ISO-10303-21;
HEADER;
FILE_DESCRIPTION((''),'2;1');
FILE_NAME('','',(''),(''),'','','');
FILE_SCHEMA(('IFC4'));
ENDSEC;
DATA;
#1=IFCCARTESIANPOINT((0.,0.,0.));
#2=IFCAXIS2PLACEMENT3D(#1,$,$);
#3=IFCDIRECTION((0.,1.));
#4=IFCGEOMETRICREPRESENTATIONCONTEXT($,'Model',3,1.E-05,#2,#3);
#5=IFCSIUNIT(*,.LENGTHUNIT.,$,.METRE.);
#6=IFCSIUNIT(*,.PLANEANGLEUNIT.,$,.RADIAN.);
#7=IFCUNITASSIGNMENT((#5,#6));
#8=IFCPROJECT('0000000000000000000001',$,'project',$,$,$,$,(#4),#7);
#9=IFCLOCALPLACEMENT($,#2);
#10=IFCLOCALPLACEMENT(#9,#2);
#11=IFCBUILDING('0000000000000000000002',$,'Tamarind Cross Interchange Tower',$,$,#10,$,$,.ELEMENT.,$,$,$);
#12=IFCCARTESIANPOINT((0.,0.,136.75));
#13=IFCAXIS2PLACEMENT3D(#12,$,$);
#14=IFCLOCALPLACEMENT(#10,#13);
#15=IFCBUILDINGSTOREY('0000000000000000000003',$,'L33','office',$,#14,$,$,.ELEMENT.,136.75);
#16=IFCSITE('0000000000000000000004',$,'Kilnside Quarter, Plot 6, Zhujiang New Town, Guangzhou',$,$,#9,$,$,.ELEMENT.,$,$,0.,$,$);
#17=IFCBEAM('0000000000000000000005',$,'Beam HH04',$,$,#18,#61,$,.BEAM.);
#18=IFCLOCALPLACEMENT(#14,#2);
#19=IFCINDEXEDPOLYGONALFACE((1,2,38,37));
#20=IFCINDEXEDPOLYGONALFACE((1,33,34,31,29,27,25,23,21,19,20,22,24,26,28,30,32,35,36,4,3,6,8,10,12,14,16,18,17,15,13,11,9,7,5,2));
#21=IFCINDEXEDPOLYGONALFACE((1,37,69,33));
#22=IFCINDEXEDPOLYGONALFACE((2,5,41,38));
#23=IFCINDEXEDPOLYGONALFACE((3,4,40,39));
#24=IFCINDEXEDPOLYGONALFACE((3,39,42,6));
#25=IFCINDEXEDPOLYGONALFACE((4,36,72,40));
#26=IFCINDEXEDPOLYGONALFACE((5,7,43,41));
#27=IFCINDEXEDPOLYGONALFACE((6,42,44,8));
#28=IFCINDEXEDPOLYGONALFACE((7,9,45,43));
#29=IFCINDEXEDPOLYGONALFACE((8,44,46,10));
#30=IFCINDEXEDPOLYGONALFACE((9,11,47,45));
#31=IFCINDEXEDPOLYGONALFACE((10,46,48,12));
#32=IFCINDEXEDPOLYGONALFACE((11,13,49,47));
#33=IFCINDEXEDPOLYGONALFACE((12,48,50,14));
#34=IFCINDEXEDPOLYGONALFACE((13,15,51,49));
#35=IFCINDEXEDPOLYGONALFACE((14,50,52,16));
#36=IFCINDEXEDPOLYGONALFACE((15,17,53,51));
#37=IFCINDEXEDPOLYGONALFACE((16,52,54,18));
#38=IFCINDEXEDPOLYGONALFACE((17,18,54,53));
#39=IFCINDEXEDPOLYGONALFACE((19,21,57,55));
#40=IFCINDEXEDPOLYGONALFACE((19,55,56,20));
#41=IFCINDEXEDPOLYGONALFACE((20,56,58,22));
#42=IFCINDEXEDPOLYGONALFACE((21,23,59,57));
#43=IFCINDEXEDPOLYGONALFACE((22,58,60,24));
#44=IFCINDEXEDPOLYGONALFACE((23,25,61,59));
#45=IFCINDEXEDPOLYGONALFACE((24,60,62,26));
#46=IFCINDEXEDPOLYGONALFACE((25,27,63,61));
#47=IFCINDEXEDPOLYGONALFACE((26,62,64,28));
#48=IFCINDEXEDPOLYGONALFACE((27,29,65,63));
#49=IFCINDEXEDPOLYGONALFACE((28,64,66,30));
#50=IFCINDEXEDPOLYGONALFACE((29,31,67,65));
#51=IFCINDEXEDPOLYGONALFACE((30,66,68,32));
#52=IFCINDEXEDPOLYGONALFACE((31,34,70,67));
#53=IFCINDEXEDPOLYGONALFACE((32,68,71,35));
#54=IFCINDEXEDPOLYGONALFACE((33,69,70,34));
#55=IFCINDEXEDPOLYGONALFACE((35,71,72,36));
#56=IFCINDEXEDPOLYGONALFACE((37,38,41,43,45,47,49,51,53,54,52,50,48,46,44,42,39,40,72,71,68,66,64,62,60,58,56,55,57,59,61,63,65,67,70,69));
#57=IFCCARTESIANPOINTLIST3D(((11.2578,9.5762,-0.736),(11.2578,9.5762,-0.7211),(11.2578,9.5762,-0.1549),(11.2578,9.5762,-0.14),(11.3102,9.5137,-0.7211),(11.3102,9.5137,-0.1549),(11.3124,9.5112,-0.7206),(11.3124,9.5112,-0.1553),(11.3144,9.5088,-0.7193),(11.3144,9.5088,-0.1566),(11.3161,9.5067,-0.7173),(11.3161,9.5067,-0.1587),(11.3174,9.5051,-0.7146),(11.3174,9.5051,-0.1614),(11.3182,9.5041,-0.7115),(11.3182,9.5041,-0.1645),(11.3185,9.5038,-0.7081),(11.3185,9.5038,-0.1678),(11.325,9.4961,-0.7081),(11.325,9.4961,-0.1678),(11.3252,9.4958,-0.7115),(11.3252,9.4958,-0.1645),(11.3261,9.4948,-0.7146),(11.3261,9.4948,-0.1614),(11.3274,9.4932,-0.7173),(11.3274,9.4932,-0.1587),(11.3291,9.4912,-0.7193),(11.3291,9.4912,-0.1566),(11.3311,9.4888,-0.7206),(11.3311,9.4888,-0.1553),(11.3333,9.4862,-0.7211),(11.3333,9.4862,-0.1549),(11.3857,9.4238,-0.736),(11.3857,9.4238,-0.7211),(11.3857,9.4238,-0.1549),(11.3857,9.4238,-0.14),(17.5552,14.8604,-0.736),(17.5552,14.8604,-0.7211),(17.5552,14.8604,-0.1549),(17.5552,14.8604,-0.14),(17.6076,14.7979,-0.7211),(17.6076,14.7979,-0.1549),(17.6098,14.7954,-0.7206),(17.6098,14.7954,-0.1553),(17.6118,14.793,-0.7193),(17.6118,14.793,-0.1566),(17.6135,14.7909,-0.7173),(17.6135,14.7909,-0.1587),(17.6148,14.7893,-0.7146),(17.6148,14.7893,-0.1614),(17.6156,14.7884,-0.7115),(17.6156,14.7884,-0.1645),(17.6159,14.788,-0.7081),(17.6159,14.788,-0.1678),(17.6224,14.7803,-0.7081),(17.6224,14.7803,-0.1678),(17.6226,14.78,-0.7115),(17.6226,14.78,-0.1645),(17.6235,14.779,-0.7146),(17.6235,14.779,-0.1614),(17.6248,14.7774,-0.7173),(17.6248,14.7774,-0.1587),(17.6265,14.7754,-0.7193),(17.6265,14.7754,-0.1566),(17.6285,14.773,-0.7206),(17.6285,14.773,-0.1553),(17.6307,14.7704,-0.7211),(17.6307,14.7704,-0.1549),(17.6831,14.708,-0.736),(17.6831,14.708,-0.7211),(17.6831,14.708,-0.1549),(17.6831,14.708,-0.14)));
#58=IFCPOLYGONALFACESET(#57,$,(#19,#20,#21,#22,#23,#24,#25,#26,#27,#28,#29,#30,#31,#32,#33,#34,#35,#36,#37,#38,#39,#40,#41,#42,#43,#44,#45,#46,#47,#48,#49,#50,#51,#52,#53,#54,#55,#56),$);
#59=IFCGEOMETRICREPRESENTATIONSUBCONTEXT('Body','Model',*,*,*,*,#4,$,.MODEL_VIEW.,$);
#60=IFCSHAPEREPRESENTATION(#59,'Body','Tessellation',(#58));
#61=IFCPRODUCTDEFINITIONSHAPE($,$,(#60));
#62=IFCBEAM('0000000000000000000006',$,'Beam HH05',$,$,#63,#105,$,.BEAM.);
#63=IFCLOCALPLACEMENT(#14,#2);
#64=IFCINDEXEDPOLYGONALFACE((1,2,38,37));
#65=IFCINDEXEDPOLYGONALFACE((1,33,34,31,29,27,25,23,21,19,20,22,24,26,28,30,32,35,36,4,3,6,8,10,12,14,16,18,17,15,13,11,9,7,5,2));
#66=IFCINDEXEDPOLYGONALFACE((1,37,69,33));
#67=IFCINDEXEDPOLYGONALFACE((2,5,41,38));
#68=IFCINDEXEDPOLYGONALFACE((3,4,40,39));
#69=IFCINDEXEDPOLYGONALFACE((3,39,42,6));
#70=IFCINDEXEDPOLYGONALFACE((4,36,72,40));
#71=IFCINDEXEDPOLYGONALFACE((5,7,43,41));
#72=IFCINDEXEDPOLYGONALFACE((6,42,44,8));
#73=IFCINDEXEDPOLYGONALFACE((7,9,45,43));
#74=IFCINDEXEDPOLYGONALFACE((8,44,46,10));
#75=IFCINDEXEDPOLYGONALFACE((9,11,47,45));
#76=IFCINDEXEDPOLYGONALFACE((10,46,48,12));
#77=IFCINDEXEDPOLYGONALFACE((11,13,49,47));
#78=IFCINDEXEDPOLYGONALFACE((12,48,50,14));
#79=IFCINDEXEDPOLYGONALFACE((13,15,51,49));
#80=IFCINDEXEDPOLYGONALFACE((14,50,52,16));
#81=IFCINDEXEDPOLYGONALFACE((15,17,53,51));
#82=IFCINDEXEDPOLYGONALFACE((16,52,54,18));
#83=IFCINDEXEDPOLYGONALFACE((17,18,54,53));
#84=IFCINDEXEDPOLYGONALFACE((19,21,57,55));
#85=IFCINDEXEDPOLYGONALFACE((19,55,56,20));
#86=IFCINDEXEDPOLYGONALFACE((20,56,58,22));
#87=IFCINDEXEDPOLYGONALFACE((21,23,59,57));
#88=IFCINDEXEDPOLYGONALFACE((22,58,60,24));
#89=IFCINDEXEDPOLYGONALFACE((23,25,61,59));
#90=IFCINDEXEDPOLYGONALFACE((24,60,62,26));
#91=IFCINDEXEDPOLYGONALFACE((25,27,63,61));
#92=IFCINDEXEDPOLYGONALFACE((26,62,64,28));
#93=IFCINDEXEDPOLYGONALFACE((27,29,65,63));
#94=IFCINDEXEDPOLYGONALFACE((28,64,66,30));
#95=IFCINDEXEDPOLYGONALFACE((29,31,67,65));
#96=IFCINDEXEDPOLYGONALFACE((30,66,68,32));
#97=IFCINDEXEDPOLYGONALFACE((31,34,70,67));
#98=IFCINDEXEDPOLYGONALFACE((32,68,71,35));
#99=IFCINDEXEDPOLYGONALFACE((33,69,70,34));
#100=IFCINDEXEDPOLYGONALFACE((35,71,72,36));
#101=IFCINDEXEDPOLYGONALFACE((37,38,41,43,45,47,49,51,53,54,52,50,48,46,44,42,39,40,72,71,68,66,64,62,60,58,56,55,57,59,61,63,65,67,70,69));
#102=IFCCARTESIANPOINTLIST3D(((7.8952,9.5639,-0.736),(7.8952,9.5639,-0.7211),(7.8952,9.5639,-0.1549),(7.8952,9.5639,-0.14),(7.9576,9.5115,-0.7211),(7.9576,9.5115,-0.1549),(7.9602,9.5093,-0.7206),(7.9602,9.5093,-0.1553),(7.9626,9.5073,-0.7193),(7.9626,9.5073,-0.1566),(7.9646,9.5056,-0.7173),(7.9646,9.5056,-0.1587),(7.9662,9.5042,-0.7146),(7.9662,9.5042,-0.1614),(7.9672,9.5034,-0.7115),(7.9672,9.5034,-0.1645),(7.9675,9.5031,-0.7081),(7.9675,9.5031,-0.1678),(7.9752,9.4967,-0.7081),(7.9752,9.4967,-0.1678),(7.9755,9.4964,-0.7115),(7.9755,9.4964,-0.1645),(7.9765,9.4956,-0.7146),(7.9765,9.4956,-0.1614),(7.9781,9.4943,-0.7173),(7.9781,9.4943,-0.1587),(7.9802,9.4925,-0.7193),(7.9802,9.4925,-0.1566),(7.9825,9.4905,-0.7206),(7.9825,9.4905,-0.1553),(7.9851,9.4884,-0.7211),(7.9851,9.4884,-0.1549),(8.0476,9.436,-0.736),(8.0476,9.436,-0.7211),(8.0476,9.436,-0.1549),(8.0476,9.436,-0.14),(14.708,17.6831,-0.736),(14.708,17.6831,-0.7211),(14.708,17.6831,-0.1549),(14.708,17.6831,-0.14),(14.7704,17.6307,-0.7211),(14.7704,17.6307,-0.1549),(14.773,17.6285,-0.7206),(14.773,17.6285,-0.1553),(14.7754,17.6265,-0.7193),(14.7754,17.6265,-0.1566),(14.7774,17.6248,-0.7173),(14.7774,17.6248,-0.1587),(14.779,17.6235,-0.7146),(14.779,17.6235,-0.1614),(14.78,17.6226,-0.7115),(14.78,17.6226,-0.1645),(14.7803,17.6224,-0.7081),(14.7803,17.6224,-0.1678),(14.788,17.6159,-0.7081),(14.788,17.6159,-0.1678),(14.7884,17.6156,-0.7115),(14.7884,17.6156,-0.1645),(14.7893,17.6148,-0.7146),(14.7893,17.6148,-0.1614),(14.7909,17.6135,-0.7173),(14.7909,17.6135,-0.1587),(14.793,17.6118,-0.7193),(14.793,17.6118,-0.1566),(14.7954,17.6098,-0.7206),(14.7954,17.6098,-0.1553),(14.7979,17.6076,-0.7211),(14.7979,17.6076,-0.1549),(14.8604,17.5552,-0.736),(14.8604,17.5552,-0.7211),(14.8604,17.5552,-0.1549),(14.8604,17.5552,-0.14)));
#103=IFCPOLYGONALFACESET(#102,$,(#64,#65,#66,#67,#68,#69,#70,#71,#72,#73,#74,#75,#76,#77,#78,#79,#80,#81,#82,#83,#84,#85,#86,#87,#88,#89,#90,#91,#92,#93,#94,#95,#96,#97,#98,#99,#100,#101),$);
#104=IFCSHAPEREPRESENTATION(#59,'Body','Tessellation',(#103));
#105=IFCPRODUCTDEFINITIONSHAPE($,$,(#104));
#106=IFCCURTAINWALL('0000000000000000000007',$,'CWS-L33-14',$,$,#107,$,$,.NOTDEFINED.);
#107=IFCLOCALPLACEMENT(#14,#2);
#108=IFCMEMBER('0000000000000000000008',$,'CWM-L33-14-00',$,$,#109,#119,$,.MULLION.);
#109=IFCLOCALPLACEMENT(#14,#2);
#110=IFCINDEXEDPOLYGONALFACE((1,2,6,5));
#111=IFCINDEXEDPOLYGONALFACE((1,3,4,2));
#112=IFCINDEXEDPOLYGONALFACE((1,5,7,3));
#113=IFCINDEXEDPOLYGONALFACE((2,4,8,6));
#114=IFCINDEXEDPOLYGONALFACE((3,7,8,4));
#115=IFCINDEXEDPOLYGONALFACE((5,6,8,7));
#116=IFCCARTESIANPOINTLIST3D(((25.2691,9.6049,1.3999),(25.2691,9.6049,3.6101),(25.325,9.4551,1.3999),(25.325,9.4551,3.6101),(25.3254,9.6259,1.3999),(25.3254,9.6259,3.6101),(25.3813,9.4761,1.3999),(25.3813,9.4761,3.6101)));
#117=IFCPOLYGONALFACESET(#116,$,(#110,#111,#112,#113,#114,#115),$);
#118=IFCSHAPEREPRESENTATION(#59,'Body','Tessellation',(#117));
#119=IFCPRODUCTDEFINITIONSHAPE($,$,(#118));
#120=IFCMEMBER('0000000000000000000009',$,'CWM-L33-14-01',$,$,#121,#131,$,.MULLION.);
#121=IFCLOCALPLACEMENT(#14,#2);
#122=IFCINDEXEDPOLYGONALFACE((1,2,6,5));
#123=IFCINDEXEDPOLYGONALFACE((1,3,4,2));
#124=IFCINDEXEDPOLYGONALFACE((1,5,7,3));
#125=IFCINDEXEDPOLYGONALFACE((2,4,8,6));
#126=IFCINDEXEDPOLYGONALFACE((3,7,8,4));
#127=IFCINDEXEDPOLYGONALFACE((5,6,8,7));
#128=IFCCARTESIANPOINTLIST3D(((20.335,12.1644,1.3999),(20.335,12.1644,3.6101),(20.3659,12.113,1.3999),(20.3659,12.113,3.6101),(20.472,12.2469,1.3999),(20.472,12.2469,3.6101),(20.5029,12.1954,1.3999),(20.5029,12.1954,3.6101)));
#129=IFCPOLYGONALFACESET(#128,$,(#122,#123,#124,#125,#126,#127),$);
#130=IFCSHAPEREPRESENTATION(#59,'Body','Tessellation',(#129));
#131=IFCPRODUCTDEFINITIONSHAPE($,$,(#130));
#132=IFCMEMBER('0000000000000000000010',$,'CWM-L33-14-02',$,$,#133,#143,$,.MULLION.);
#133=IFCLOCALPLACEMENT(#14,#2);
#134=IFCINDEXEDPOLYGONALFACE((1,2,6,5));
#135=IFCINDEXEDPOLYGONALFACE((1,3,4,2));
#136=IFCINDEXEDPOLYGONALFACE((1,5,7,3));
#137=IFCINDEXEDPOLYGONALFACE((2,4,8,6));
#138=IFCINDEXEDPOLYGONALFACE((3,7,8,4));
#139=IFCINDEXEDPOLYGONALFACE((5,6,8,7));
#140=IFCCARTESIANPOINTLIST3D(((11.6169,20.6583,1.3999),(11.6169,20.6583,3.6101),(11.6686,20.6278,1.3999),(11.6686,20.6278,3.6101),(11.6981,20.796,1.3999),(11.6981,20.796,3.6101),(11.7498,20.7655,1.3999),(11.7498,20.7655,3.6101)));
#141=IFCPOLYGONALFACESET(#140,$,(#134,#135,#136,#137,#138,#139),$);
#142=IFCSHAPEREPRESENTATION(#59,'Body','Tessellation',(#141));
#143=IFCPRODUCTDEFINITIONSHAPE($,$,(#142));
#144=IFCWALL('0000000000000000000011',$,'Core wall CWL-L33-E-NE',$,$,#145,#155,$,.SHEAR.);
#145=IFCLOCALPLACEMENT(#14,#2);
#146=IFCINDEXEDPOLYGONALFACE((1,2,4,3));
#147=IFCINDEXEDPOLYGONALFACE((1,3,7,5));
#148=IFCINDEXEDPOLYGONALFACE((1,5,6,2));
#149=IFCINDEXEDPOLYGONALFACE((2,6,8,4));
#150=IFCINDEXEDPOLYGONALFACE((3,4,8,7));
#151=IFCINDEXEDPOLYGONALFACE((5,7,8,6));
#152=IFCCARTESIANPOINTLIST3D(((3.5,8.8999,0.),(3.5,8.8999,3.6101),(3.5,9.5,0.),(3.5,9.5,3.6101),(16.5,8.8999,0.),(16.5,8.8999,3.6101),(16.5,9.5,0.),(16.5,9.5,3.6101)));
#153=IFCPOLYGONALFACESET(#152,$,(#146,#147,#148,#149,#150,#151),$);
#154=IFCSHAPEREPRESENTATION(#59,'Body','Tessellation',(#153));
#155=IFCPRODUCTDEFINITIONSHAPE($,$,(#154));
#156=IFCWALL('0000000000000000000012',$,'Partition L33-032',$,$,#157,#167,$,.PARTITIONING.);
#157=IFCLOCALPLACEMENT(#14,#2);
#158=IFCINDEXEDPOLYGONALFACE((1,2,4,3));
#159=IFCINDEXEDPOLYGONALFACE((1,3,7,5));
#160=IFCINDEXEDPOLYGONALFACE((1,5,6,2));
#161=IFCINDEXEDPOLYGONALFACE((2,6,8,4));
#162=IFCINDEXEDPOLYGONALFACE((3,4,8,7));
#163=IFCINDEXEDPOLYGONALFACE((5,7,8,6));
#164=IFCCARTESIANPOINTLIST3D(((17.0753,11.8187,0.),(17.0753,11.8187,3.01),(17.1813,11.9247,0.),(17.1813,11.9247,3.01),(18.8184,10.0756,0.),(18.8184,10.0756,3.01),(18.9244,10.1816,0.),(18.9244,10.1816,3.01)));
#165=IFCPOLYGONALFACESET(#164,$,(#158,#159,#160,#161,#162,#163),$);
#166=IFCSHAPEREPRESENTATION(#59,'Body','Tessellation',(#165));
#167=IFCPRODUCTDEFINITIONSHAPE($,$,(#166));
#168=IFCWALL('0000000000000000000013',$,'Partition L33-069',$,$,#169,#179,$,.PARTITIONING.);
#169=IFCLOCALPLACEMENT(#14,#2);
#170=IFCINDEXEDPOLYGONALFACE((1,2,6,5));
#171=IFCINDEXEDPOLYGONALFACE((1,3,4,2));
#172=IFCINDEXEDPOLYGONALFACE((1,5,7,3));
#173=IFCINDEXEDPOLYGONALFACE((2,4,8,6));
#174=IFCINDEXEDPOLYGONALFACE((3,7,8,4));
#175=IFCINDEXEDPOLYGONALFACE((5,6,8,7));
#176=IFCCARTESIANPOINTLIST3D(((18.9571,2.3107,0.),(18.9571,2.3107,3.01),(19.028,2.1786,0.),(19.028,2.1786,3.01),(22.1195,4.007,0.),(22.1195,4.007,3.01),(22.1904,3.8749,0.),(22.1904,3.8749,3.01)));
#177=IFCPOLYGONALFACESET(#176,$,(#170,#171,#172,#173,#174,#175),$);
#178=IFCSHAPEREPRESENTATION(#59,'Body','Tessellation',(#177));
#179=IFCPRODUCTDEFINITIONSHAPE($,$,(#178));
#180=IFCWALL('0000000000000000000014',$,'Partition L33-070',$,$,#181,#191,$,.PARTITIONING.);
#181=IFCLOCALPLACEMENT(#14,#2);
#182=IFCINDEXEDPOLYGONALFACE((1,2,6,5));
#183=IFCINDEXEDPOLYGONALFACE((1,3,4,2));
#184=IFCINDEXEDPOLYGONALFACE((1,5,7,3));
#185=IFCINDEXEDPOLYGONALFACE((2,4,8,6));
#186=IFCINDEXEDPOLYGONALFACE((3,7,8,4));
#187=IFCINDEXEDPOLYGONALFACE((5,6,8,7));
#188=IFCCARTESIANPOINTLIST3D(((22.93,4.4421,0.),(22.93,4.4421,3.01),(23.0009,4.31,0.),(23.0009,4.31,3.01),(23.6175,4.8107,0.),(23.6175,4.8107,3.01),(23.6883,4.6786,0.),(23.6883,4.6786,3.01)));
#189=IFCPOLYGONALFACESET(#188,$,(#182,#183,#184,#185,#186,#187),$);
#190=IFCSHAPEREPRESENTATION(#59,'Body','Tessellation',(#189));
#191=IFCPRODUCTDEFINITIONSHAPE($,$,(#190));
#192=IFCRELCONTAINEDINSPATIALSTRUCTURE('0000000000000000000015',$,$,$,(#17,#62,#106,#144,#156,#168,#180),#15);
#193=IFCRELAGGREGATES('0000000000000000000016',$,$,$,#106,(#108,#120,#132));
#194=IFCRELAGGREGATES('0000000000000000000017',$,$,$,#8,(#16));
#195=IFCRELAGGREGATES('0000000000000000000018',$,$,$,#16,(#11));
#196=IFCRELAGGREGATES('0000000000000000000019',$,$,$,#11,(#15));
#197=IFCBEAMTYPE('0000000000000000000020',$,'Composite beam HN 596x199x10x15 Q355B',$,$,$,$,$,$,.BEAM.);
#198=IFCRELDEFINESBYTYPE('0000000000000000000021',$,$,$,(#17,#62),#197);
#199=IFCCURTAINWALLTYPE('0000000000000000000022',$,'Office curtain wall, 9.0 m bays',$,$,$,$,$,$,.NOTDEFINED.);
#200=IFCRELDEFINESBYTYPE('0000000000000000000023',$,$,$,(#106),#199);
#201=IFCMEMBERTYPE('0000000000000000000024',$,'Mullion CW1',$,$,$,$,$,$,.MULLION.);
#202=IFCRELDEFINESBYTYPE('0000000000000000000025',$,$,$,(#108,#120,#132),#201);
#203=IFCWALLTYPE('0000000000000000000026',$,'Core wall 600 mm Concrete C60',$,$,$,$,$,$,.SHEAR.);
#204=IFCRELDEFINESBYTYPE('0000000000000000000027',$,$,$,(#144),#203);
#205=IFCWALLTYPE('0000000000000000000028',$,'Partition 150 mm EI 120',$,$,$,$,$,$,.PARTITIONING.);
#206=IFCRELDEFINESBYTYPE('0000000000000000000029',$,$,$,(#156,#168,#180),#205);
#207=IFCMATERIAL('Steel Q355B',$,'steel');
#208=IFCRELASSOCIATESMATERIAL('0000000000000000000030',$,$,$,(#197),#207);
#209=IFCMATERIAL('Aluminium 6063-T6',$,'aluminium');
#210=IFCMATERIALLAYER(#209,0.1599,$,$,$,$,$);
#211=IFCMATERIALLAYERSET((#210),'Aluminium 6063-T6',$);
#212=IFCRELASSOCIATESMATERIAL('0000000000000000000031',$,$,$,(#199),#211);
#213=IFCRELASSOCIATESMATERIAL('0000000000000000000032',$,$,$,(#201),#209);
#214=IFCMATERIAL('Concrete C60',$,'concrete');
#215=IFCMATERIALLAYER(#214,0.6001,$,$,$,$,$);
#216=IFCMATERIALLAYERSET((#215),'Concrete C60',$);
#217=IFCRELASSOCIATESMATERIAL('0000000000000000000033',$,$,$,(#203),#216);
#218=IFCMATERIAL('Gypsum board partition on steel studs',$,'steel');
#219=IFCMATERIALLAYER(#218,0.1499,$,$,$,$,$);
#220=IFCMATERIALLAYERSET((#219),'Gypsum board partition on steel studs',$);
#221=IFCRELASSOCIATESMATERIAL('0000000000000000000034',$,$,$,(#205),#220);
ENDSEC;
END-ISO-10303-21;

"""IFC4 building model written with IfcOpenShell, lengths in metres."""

from ifc_helpers import new_model, si_unit, direction, frame, frame_2d, origin, origin_2d, place, context, subcontext, project, spatial, rectangle, i_section, extrude, material, layer, layer_set, material_profile, profile_set, type_object, element, aggregate, save


model = new_model("IFC4")

# Units and contexts
model_context = context("Model", 3, precision=1e-05, world=origin(), true_north=direction((0.0, 1.0)))
body_context = subcontext(model_context, "Body", "Model", "MODEL_VIEW")
ifc_project = project(units=[si_unit("LENGTHUNIT", "METRE"), si_unit("PLANEANGLEUNIT", "RADIAN")], contexts=[model_context])

# Site, building, storey
site_placement = place(None, origin())
site = spatial("IfcSite", under=ifc_project, at=site_placement, Name="Kilnside Quarter, Plot 6, Zhujiang New Town, Guangzhou", CompositionType="ELEMENT", RefElevation=0.0)
building_placement = place(site_placement, origin())
building = spatial("IfcBuilding", under=site, at=building_placement, Name="Tamarind Cross Interchange Tower", CompositionType="ELEMENT")
storey_placement = place(building_placement, frame((0.0, 0.0, 136.75)))
storey = spatial("IfcBuildingStorey", under=building, at=storey_placement, Name="L33", Description="office", CompositionType="ELEMENT", Elevation=136.75)

# Shared definitions
ifc_material_1 = material(Name="Concrete C60", Category="concrete")

# Beams
ifc_material_2 = material(Name="Steel Q355B", Category="steel")
ifc_material_profile_1 = material_profile(ifc_material_2, i_section(OverallWidth=0.199, OverallDepth=0.5959, WebThickness=0.01, FlangeThickness=0.0149, FilletRadius=0.0129, at=origin_2d()), Name="HN 596x199x10x15")
ifc_profile_set_1 = profile_set([ifc_material_profile_1], Name="Steel Q355B")
beam_type_1 = type_object("IfcBeamType", Name="Composite beam HN 596x199x10x15 Q355B", PredefinedType="BEAM", material=ifc_profile_set_1)
beam_1_placement = place(storey_placement, frame((17.6191, 14.7842, -0.438), z_axis=(-0.766041, -0.642792, 0.0), x_axis=(0.642792, -0.766041, 0.0)))
element("IfcBeam", 1, at=beam_1_placement, inside=storey, type_object=beam_type_1, Name="Beam HH04", PredefinedType="BEAM", context=body_context, shape_type="SweptSolid", body=[
    extrude(i_section(OverallWidth=0.199, OverallDepth=0.5959, WebThickness=0.01, FlangeThickness=0.0149, FilletRadius=0.0129, at=origin_2d()), origin(), (0.0, 0.0, 1.0), 8.2207),
])
beam_2_placement = place(storey_placement, frame((14.7842, 17.6191, -0.438), z_axis=(-0.642786, -0.766046, 0.0), x_axis=(0.766046, -0.642786, 0.0)))
element("IfcBeam", 2, at=beam_2_placement, inside=storey, type_object=beam_type_1, Name="Beam HH05", PredefinedType="BEAM", context=body_context, shape_type="SweptSolid", body=[
    extrude(i_section(OverallWidth=0.199, OverallDepth=0.5959, WebThickness=0.01, FlangeThickness=0.0149, FilletRadius=0.0129, at=origin_2d()), origin(), (0.0, 0.0, 1.0), 10.5989),
])

# Curtain wall, members
ifc_material_3 = material(Name="Aluminium 6063-T6", Category="aluminium")
ifc_layer_1 = layer(ifc_material_3, 0.1599)
ifc_layer_set_1 = layer_set([ifc_layer_1], Name="Aluminium 6063-T6")
curtain_wall_type = type_object("IfcCurtainWallType", Name="Office curtain wall, 9.0 m bays", PredefinedType="NOTDEFINED", material=ifc_layer_set_1)
curtain_wall_placement = place(storey_placement, origin())
curtain_wall = element("IfcCurtainWall", 3, at=curtain_wall_placement, inside=storey, type_object=curtain_wall_type, Name="CWS-L33-14", PredefinedType="NOTDEFINED")
ifc_material_profile_2 = material_profile(ifc_material_3, rectangle(XDim=0.0601, YDim=0.1599, at=origin_2d()), Name="Mullion CW1")
ifc_profile_set_2 = profile_set([ifc_material_profile_2], Name="Aluminium 6063-T6")
member_type = type_object("IfcMemberType", Name="Mullion CW1", PredefinedType="MULLION", material=ifc_profile_set_2)
member_1_placement = place(storey_placement, frame((25.3252, 9.5405, 1.3999), z_axis=(0.0, 0.0, 1.0), x_axis=(-0.936835, -0.349771, 0.0)))
member_1 = element("IfcMember", 4, at=member_1_placement, type_object=member_type, Name="CWM-L33-14-00", PredefinedType="MULLION", context=body_context, shape_type="SweptSolid", body=[
    extrude(rectangle(XDim=0.0601, YDim=0.1599, at=origin_2d()), origin(), (0.0, 0.0, 1.0), 2.2102),
])
member_2_placement = place(storey_placement, frame((20.4189, 12.1799, 1.3999), z_axis=(0.0, 0.0, 1.0), x_axis=(-0.515577, 0.856843, 0.0)))
member_2 = element("IfcMember", 5, at=member_2_placement, type_object=member_type, Name="CWM-L33-14-01", PredefinedType="MULLION", context=body_context, shape_type="SweptSolid", body=[
    extrude(rectangle(XDim=0.0601, YDim=0.1599, at=origin_2d()), origin(), (0.0, 0.0, 1.0), 2.2102),
])
member_3_placement = place(storey_placement, frame((11.6833, 20.7119, 1.3999), z_axis=(0.0, 0.0, 1.0), x_axis=(-0.861249, 0.508183, 0.0)))
member_3 = element("IfcMember", 6, at=member_3_placement, type_object=member_type, Name="CWM-L33-14-02", PredefinedType="MULLION", context=body_context, shape_type="SweptSolid", body=[
    extrude(rectangle(XDim=0.0601, YDim=0.1599, at=origin_2d()), origin(), (0.0, 0.0, 1.0), 2.2102),
])
aggregate(curtain_wall, [member_1, member_2, member_3])

# Walls
ifc_layer_2 = layer(ifc_material_1, 0.6001)
ifc_layer_set_2 = layer_set([ifc_layer_2], Name="Concrete C60")
wall_type_1 = type_object("IfcWallType", Name="Core wall 600 mm Concrete C60", PredefinedType="SHEAR", material=ifc_layer_set_2)
wall_1_placement = place(storey_placement, frame((16.5, 9.2, 0.0), z_axis=(0.0, 0.0, 1.0), x_axis=(-1.0, 0.0, 0.0)))
element("IfcWall", 7, at=wall_1_placement, inside=storey, type_object=wall_type_1, Name="Core wall CWL-L33-E-NE", PredefinedType="SHEAR", context=body_context, shape_type="SweptSolid", body=[
    extrude(rectangle(XDim=13.0, YDim=0.6001, at=frame_2d((6.5, 0.0))), origin(), (0.0, 0.0, 1.0), 3.6101),
])
ifc_material_4 = material(Name="Gypsum board partition on steel studs", Category="steel")
ifc_layer_3 = layer(ifc_material_4, 0.1499)
ifc_layer_set_3 = layer_set([ifc_layer_3], Name="Gypsum board partition on steel studs")
wall_type_2 = type_object("IfcWallType", Name="Partition 150 mm EI 120", PredefinedType="PARTITIONING", material=ifc_layer_set_3)
wall_2_placement = place(storey_placement, frame((17.1284, 11.8716, 0.0), z_axis=(0.0, 0.0, 1.0), x_axis=(0.707107, -0.707107, 0.0)))
element("IfcWall", 8, at=wall_2_placement, inside=storey, type_object=wall_type_2, Name="Partition L33-032", PredefinedType="PARTITIONING", context=body_context, shape_type="SweptSolid", body=[
    extrude(rectangle(XDim=2.4651, YDim=0.1499, at=frame_2d((1.2324, 0.0))), origin(), (0.0, 0.0, 1.0), 3.01),
])
wall_3_placement = place(storey_placement, frame((18.9924, 2.2446, 0.0), z_axis=(0.0, 0.0, 1.0), x_axis=(0.881228, 0.472691, 0.0)))
element("IfcWall", 9, at=wall_3_placement, inside=storey, type_object=wall_type_2, Name="Partition L33-069", PredefinedType="PARTITIONING", context=body_context, shape_type="SweptSolid", body=[
    extrude(rectangle(XDim=3.5886, YDim=0.1499, at=frame_2d((1.7944, 0.0))), origin(), (0.0, 0.0, 1.0), 3.01),
])
wall_4_placement = place(storey_placement, frame((22.9653, 4.376, 0.0), z_axis=(0.0, 0.0, 1.0), x_axis=(0.881294, 0.472569, 0.0)))
element("IfcWall", 10, at=wall_4_placement, inside=storey, type_object=wall_type_2, Name="Partition L33-070", PredefinedType="PARTITIONING", context=body_context, shape_type="SweptSolid", body=[
    extrude(rectangle(XDim=0.78, YDim=0.1499, at=frame_2d((0.3901, 0.0))), origin(), (0.0, 0.0, 1.0), 3.01),
])

save(model, "model.ifc")
